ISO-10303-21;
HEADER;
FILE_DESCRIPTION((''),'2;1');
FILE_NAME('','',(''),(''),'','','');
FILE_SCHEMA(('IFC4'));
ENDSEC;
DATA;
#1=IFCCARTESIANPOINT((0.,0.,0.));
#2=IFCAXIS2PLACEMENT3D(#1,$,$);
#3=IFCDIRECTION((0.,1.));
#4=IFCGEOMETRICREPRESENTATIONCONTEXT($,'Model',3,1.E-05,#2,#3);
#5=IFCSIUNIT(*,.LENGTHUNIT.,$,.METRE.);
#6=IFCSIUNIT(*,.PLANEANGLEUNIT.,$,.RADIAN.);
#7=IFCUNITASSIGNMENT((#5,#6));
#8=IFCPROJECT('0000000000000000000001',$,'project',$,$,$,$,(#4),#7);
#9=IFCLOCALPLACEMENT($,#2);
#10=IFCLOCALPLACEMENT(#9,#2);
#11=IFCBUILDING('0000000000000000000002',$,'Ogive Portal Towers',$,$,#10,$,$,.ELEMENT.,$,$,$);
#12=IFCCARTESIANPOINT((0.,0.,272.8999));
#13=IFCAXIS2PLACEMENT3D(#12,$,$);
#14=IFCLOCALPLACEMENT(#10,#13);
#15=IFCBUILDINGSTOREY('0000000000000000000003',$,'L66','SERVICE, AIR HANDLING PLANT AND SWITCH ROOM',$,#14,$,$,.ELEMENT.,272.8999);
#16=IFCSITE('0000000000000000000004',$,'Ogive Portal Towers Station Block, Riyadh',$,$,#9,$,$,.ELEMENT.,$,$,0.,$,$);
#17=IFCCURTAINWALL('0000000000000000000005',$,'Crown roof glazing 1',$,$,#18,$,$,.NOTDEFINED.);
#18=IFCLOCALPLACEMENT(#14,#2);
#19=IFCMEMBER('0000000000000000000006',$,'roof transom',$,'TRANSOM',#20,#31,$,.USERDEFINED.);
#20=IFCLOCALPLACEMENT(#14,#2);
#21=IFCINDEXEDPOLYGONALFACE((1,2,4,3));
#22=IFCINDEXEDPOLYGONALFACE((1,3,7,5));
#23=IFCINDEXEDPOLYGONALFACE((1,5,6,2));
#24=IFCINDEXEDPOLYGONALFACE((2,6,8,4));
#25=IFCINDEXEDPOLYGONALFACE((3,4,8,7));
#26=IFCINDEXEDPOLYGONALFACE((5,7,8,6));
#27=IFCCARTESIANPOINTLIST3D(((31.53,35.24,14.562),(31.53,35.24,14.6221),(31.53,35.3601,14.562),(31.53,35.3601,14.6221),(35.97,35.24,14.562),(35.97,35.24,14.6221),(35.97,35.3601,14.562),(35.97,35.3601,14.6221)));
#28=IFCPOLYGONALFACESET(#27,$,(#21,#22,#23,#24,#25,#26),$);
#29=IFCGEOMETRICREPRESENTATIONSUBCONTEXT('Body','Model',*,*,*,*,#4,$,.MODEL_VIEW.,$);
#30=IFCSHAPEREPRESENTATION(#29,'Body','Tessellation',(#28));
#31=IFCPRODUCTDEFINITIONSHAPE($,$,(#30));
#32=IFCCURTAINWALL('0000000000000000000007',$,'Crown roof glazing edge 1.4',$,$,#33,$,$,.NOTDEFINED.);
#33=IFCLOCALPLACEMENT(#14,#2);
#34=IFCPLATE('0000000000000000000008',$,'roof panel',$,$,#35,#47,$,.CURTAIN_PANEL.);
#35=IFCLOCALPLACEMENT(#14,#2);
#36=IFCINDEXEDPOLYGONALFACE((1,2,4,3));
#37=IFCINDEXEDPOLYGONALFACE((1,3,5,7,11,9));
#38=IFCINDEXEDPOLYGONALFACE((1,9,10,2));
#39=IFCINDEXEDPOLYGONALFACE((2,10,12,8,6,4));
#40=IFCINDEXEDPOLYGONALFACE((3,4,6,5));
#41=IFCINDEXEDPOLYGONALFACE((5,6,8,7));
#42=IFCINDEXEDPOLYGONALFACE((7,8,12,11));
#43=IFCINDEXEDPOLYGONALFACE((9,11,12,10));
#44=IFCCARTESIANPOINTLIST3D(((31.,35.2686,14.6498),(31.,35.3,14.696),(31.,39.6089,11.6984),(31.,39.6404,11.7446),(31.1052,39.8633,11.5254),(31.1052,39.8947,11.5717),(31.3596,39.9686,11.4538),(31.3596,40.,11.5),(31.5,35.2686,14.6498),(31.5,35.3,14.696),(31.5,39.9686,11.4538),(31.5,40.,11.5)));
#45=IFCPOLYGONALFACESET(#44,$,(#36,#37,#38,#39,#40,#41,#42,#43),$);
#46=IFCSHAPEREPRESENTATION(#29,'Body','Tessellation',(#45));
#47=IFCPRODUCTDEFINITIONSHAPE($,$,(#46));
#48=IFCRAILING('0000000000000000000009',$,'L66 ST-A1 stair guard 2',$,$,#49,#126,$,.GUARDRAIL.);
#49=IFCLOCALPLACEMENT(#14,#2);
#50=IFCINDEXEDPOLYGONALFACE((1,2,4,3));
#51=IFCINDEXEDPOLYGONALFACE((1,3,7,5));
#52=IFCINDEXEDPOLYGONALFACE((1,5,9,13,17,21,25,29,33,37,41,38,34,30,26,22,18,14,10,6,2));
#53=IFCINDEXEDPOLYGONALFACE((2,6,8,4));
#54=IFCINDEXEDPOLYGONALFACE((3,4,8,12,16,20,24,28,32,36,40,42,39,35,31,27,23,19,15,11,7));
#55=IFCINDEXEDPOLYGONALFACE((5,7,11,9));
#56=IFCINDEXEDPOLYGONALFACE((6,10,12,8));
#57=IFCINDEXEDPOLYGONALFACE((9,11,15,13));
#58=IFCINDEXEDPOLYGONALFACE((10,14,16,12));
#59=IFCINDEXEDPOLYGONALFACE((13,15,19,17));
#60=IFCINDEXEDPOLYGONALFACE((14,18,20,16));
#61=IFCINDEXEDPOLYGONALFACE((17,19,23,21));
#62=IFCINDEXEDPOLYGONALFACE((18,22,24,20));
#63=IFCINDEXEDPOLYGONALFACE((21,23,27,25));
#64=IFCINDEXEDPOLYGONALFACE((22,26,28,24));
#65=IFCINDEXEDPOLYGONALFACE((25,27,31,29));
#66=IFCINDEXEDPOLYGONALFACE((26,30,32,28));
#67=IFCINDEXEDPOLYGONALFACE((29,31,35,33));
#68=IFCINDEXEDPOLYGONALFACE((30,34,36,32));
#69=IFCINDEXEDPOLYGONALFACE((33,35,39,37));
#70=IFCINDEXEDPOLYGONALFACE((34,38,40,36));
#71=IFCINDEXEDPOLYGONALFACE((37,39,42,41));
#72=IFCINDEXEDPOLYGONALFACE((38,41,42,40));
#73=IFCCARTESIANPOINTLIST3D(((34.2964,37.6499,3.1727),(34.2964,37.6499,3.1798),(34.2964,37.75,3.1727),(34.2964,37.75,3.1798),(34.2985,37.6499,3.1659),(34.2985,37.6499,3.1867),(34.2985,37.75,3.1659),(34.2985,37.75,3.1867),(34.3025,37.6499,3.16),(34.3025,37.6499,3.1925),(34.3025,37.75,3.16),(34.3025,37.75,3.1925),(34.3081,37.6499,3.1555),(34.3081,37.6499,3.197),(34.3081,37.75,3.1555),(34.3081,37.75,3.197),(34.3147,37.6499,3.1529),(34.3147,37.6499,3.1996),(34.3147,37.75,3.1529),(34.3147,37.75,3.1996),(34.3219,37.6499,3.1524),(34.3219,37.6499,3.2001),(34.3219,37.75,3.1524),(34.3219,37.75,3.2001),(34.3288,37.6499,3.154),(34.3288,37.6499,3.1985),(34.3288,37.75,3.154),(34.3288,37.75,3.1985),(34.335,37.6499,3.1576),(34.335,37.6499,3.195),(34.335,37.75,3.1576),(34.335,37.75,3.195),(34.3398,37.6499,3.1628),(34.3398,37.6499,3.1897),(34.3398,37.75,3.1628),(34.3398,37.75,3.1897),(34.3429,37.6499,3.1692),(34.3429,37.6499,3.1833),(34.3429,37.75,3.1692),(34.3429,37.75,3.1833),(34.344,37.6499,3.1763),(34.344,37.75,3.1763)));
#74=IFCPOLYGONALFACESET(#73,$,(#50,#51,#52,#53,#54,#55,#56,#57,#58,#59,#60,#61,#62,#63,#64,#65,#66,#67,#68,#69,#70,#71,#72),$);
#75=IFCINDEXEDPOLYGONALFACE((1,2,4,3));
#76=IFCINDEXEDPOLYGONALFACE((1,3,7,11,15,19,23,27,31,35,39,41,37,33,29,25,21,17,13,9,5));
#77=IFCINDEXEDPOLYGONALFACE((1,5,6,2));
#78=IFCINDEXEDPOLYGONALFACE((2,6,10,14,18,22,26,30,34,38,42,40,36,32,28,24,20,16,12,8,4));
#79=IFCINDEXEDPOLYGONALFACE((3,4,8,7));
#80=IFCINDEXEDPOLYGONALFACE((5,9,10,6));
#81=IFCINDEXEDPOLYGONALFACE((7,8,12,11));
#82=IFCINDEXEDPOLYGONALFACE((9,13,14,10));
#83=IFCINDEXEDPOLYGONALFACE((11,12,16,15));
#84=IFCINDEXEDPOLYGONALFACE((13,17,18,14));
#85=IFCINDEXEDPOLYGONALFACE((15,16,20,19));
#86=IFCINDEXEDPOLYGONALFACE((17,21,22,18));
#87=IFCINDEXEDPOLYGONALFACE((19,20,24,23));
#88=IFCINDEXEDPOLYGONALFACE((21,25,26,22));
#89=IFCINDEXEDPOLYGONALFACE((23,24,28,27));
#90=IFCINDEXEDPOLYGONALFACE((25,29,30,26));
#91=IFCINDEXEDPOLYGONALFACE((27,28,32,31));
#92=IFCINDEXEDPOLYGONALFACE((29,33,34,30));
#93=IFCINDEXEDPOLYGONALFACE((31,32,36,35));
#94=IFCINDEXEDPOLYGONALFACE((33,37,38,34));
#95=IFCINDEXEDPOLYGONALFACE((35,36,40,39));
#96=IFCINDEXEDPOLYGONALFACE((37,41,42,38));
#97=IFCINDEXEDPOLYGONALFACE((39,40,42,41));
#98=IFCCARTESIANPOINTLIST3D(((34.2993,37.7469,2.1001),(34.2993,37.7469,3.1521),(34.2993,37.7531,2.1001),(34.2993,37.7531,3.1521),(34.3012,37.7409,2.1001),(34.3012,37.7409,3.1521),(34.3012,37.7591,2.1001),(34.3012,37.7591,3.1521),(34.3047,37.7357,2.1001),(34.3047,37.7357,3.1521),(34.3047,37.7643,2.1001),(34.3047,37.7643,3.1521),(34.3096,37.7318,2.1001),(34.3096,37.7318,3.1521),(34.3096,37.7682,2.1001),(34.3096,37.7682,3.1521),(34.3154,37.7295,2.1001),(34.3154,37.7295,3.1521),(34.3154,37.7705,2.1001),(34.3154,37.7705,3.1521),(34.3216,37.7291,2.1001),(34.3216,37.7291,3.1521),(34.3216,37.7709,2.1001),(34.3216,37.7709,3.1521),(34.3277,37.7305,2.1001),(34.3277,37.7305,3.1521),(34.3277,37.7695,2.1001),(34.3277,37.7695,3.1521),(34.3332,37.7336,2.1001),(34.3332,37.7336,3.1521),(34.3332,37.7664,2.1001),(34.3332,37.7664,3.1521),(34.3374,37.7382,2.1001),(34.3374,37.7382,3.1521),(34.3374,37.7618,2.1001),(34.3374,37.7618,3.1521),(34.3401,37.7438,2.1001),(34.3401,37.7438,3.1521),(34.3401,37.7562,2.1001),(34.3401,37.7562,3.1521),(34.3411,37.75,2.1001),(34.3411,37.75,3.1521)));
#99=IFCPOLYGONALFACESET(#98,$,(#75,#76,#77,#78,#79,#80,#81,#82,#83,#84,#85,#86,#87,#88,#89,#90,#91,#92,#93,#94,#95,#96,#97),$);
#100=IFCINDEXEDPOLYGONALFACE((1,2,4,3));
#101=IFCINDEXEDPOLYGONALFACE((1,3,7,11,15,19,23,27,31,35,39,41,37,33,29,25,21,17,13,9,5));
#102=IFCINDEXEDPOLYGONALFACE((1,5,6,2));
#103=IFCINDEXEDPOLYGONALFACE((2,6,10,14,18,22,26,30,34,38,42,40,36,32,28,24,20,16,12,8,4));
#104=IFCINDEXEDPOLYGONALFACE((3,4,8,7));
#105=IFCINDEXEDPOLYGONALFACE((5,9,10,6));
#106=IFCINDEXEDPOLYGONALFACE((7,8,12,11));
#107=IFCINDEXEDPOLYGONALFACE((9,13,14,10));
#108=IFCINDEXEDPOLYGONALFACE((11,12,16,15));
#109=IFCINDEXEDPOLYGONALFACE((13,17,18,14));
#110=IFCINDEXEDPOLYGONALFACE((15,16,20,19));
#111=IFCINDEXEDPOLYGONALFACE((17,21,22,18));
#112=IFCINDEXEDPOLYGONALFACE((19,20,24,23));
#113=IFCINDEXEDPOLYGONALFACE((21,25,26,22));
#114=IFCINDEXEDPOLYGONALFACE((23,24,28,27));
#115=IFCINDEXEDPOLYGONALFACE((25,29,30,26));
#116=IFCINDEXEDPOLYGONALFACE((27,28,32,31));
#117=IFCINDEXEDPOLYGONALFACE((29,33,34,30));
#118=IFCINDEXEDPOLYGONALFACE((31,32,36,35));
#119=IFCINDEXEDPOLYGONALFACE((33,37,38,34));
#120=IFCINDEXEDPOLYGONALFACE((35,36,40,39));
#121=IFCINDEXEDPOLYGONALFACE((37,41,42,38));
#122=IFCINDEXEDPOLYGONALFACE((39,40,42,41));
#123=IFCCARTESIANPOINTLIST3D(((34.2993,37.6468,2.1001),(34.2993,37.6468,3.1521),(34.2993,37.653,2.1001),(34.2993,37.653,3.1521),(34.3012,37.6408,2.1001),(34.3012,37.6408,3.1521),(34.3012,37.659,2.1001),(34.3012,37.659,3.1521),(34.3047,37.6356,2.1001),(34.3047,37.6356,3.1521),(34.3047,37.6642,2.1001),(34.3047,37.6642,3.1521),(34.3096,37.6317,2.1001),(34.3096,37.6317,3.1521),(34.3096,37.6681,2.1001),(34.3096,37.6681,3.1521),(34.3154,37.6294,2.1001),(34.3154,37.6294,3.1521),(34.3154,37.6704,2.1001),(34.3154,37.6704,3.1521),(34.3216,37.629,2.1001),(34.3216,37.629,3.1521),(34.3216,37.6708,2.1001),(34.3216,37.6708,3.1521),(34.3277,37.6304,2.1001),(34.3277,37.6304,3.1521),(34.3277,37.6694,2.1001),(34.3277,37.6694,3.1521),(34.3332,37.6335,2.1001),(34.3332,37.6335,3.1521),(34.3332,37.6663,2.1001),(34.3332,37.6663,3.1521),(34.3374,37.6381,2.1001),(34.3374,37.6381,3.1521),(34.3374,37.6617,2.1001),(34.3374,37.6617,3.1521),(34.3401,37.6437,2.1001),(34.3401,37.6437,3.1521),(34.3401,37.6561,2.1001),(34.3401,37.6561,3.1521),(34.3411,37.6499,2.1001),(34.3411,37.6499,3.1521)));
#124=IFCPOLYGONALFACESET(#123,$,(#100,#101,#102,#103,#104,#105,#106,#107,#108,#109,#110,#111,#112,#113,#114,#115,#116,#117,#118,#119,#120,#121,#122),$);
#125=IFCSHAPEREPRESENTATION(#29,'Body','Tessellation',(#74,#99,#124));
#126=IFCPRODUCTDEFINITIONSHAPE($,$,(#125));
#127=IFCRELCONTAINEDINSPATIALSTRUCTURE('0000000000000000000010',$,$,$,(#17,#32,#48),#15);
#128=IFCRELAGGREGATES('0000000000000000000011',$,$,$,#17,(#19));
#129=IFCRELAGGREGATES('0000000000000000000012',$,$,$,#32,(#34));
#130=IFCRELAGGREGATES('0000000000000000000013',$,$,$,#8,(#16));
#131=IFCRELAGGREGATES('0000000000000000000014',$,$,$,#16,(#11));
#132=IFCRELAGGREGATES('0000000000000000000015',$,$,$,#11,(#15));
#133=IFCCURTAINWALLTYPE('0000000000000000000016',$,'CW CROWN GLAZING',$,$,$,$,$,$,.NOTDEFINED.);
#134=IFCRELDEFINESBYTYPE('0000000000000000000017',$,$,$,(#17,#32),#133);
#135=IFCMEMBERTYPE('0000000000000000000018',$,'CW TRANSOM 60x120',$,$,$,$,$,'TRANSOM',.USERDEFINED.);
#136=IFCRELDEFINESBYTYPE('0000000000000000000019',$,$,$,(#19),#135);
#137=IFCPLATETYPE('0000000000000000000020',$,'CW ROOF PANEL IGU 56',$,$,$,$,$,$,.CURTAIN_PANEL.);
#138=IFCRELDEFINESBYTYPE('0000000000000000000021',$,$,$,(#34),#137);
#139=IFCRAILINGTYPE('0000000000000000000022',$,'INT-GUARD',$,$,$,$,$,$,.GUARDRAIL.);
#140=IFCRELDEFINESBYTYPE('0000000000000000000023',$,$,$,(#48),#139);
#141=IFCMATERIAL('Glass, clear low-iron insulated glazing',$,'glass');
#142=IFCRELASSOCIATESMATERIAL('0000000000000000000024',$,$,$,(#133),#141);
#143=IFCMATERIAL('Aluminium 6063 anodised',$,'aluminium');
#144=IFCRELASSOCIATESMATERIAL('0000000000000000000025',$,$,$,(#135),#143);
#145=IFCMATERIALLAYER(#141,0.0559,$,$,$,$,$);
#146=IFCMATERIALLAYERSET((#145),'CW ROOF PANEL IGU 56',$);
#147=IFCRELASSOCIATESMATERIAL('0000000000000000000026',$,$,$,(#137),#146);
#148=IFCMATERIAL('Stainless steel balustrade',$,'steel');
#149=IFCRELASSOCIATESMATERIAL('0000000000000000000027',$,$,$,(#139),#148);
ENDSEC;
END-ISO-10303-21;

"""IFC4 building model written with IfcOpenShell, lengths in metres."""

from ifc_helpers import new_model, si_unit, direction, frame, origin, origin_2d, place, context, subcontext, project, spatial, polyline, rectangle, circle, outline, extrude, material, layer, layer_set, material_profile, profile_set, type_object, element, aggregate, save


model = new_model("IFC4")

# Units and contexts
model_context = context("Model", 3, precision=1e-05, world=origin(), true_north=direction((0.0, 1.0)))
body_context = subcontext(model_context, "Body", "Model", "MODEL_VIEW")
ifc_project = project(units=[si_unit("LENGTHUNIT", "METRE"), si_unit("PLANEANGLEUNIT", "RADIAN")], contexts=[model_context])

# Site, building, storey
site_placement = place(None, origin())
site = spatial("IfcSite", under=ifc_project, at=site_placement, Name="Ogive Portal Towers Station Block, Riyadh", CompositionType="ELEMENT", RefElevation=0.0)
building_placement = place(site_placement, origin())
building = spatial("IfcBuilding", under=site, at=building_placement, Name="Ogive Portal Towers", CompositionType="ELEMENT")
storey_placement = place(building_placement, frame((0.0, 0.0, 272.8999)))
storey = spatial("IfcBuildingStorey", under=building, at=storey_placement, Name="L66", Description="SERVICE, AIR HANDLING PLANT AND SWITCH ROOM", CompositionType="ELEMENT", Elevation=272.8999)

# Curtain wall
ifc_material_1 = material(Name="Glass, clear low-iron insulated glazing", Category="glass")
curtain_wall_type = type_object("IfcCurtainWallType", Name="CW CROWN GLAZING", PredefinedType="NOTDEFINED", material=ifc_material_1)
curtain_wall_1_placement = place(storey_placement, origin())
curtain_wall_1 = element("IfcCurtainWall", 1, at=curtain_wall_1_placement, inside=storey, type_object=curtain_wall_type, Name="Crown roof glazing 1", PredefinedType="NOTDEFINED")
ifc_material_2 = material(Name="Aluminium 6063 anodised", Category="aluminium")

# Shared definitions
ifc_material_profile_1 = material_profile(ifc_material_2, rectangle(XDim=0.1201, YDim=0.0601, at=origin_2d()), Name="AL 120x60")
ifc_profile_set_1 = profile_set([ifc_material_profile_1], Name="Aluminium 6063 anodised")
member_type_1 = type_object("IfcMemberType", Name="CW TRANSOM 60x120", ElementType="TRANSOM", PredefinedType="USERDEFINED", material=ifc_profile_set_1)

# Member
member_1_placement = place(storey_placement, frame((31.53, 35.3, 14.592), z_axis=(1.0, 0.0, 0.0), x_axis=(0.0, 1.0, 0.0)))
member_1 = element("IfcMember", 2, at=member_1_placement, type_object=member_type_1, Name="roof transom", ObjectType="TRANSOM", PredefinedType="USERDEFINED", context=body_context, shape_type="SweptSolid", body=[
    extrude(rectangle(XDim=0.1201, YDim=0.0601, at=origin_2d()), origin(), (0.0, 0.0, 1.0), 4.4399),
])
aggregate(curtain_wall_1, [member_1])

# Curtain wall, plate
curtain_wall_2_placement = place(storey_placement, origin())
curtain_wall_2 = element("IfcCurtainWall", 3, at=curtain_wall_2_placement, inside=storey, type_object=curtain_wall_type, Name="Crown roof glazing edge 1.4", PredefinedType="NOTDEFINED")
ifc_layer = layer(ifc_material_1, 0.0559)
ifc_layer_set = layer_set([ifc_layer], Name="CW ROOF PANEL IGU 56")
plate_type = type_object("IfcPlateType", Name="CW ROOF PANEL IGU 56", PredefinedType="CURTAIN_PANEL", material=ifc_layer_set)
plate_placement = place(storey_placement, frame((31.0, 35.3, 14.696), z_axis=(0.000082, 0.562309, 0.826927), x_axis=(1.0, -0.000046, -0.000068)))
plate = element("IfcPlate", 4, at=plate_placement, type_object=plate_type, Name="roof panel", PredefinedType="CURTAIN_PANEL", context=body_context, shape_type="SweptSolid", body=[
    extrude(outline(polyline([(0.0, 0.0), (0.5, 0.0), (0.5, 5.6837), (0.3596, 5.6837), (0.1052, 5.5563), (0.0, 5.2487), (0.0, 0.0)])), origin(), (0.0, 0.0, -1.0), 0.0559),
])
aggregate(curtain_wall_2, [plate])

# Railing
ifc_material_3 = material(Name="Stainless steel balustrade", Category="steel")
railing_type_1 = type_object("IfcRailingType", Name="INT-GUARD", PredefinedType="GUARDRAIL", material=ifc_material_3)
railing_1_placement = place(storey_placement, frame((34.3201, 37.75, 2.1001)))
element("IfcRailing", 5, at=railing_1_placement, inside=storey, type_object=railing_type_1, Name="L66 ST-A1 stair guard 2", PredefinedType="GUARDRAIL", context=body_context, shape_type="SweptSolid", body=[
    extrude(circle(Radius=0.0239, at=origin_2d()), frame((0.0, 0.0, 1.0762), z_axis=(0.0, -1.0, 0.0), x_axis=(1.0, 0.0, 0.0)), (0.0, 0.0, 1.0), 0.1001),
    extrude(circle(Radius=0.021, at=origin_2d()), origin(), (0.0, 0.0, 1.0), 1.052),
    extrude(circle(Radius=0.021, at=origin_2d()), frame((0.0, -0.1001, 0.0)), (0.0, 0.0, 1.0), 1.052),
])

save(model, "model.ifc")
